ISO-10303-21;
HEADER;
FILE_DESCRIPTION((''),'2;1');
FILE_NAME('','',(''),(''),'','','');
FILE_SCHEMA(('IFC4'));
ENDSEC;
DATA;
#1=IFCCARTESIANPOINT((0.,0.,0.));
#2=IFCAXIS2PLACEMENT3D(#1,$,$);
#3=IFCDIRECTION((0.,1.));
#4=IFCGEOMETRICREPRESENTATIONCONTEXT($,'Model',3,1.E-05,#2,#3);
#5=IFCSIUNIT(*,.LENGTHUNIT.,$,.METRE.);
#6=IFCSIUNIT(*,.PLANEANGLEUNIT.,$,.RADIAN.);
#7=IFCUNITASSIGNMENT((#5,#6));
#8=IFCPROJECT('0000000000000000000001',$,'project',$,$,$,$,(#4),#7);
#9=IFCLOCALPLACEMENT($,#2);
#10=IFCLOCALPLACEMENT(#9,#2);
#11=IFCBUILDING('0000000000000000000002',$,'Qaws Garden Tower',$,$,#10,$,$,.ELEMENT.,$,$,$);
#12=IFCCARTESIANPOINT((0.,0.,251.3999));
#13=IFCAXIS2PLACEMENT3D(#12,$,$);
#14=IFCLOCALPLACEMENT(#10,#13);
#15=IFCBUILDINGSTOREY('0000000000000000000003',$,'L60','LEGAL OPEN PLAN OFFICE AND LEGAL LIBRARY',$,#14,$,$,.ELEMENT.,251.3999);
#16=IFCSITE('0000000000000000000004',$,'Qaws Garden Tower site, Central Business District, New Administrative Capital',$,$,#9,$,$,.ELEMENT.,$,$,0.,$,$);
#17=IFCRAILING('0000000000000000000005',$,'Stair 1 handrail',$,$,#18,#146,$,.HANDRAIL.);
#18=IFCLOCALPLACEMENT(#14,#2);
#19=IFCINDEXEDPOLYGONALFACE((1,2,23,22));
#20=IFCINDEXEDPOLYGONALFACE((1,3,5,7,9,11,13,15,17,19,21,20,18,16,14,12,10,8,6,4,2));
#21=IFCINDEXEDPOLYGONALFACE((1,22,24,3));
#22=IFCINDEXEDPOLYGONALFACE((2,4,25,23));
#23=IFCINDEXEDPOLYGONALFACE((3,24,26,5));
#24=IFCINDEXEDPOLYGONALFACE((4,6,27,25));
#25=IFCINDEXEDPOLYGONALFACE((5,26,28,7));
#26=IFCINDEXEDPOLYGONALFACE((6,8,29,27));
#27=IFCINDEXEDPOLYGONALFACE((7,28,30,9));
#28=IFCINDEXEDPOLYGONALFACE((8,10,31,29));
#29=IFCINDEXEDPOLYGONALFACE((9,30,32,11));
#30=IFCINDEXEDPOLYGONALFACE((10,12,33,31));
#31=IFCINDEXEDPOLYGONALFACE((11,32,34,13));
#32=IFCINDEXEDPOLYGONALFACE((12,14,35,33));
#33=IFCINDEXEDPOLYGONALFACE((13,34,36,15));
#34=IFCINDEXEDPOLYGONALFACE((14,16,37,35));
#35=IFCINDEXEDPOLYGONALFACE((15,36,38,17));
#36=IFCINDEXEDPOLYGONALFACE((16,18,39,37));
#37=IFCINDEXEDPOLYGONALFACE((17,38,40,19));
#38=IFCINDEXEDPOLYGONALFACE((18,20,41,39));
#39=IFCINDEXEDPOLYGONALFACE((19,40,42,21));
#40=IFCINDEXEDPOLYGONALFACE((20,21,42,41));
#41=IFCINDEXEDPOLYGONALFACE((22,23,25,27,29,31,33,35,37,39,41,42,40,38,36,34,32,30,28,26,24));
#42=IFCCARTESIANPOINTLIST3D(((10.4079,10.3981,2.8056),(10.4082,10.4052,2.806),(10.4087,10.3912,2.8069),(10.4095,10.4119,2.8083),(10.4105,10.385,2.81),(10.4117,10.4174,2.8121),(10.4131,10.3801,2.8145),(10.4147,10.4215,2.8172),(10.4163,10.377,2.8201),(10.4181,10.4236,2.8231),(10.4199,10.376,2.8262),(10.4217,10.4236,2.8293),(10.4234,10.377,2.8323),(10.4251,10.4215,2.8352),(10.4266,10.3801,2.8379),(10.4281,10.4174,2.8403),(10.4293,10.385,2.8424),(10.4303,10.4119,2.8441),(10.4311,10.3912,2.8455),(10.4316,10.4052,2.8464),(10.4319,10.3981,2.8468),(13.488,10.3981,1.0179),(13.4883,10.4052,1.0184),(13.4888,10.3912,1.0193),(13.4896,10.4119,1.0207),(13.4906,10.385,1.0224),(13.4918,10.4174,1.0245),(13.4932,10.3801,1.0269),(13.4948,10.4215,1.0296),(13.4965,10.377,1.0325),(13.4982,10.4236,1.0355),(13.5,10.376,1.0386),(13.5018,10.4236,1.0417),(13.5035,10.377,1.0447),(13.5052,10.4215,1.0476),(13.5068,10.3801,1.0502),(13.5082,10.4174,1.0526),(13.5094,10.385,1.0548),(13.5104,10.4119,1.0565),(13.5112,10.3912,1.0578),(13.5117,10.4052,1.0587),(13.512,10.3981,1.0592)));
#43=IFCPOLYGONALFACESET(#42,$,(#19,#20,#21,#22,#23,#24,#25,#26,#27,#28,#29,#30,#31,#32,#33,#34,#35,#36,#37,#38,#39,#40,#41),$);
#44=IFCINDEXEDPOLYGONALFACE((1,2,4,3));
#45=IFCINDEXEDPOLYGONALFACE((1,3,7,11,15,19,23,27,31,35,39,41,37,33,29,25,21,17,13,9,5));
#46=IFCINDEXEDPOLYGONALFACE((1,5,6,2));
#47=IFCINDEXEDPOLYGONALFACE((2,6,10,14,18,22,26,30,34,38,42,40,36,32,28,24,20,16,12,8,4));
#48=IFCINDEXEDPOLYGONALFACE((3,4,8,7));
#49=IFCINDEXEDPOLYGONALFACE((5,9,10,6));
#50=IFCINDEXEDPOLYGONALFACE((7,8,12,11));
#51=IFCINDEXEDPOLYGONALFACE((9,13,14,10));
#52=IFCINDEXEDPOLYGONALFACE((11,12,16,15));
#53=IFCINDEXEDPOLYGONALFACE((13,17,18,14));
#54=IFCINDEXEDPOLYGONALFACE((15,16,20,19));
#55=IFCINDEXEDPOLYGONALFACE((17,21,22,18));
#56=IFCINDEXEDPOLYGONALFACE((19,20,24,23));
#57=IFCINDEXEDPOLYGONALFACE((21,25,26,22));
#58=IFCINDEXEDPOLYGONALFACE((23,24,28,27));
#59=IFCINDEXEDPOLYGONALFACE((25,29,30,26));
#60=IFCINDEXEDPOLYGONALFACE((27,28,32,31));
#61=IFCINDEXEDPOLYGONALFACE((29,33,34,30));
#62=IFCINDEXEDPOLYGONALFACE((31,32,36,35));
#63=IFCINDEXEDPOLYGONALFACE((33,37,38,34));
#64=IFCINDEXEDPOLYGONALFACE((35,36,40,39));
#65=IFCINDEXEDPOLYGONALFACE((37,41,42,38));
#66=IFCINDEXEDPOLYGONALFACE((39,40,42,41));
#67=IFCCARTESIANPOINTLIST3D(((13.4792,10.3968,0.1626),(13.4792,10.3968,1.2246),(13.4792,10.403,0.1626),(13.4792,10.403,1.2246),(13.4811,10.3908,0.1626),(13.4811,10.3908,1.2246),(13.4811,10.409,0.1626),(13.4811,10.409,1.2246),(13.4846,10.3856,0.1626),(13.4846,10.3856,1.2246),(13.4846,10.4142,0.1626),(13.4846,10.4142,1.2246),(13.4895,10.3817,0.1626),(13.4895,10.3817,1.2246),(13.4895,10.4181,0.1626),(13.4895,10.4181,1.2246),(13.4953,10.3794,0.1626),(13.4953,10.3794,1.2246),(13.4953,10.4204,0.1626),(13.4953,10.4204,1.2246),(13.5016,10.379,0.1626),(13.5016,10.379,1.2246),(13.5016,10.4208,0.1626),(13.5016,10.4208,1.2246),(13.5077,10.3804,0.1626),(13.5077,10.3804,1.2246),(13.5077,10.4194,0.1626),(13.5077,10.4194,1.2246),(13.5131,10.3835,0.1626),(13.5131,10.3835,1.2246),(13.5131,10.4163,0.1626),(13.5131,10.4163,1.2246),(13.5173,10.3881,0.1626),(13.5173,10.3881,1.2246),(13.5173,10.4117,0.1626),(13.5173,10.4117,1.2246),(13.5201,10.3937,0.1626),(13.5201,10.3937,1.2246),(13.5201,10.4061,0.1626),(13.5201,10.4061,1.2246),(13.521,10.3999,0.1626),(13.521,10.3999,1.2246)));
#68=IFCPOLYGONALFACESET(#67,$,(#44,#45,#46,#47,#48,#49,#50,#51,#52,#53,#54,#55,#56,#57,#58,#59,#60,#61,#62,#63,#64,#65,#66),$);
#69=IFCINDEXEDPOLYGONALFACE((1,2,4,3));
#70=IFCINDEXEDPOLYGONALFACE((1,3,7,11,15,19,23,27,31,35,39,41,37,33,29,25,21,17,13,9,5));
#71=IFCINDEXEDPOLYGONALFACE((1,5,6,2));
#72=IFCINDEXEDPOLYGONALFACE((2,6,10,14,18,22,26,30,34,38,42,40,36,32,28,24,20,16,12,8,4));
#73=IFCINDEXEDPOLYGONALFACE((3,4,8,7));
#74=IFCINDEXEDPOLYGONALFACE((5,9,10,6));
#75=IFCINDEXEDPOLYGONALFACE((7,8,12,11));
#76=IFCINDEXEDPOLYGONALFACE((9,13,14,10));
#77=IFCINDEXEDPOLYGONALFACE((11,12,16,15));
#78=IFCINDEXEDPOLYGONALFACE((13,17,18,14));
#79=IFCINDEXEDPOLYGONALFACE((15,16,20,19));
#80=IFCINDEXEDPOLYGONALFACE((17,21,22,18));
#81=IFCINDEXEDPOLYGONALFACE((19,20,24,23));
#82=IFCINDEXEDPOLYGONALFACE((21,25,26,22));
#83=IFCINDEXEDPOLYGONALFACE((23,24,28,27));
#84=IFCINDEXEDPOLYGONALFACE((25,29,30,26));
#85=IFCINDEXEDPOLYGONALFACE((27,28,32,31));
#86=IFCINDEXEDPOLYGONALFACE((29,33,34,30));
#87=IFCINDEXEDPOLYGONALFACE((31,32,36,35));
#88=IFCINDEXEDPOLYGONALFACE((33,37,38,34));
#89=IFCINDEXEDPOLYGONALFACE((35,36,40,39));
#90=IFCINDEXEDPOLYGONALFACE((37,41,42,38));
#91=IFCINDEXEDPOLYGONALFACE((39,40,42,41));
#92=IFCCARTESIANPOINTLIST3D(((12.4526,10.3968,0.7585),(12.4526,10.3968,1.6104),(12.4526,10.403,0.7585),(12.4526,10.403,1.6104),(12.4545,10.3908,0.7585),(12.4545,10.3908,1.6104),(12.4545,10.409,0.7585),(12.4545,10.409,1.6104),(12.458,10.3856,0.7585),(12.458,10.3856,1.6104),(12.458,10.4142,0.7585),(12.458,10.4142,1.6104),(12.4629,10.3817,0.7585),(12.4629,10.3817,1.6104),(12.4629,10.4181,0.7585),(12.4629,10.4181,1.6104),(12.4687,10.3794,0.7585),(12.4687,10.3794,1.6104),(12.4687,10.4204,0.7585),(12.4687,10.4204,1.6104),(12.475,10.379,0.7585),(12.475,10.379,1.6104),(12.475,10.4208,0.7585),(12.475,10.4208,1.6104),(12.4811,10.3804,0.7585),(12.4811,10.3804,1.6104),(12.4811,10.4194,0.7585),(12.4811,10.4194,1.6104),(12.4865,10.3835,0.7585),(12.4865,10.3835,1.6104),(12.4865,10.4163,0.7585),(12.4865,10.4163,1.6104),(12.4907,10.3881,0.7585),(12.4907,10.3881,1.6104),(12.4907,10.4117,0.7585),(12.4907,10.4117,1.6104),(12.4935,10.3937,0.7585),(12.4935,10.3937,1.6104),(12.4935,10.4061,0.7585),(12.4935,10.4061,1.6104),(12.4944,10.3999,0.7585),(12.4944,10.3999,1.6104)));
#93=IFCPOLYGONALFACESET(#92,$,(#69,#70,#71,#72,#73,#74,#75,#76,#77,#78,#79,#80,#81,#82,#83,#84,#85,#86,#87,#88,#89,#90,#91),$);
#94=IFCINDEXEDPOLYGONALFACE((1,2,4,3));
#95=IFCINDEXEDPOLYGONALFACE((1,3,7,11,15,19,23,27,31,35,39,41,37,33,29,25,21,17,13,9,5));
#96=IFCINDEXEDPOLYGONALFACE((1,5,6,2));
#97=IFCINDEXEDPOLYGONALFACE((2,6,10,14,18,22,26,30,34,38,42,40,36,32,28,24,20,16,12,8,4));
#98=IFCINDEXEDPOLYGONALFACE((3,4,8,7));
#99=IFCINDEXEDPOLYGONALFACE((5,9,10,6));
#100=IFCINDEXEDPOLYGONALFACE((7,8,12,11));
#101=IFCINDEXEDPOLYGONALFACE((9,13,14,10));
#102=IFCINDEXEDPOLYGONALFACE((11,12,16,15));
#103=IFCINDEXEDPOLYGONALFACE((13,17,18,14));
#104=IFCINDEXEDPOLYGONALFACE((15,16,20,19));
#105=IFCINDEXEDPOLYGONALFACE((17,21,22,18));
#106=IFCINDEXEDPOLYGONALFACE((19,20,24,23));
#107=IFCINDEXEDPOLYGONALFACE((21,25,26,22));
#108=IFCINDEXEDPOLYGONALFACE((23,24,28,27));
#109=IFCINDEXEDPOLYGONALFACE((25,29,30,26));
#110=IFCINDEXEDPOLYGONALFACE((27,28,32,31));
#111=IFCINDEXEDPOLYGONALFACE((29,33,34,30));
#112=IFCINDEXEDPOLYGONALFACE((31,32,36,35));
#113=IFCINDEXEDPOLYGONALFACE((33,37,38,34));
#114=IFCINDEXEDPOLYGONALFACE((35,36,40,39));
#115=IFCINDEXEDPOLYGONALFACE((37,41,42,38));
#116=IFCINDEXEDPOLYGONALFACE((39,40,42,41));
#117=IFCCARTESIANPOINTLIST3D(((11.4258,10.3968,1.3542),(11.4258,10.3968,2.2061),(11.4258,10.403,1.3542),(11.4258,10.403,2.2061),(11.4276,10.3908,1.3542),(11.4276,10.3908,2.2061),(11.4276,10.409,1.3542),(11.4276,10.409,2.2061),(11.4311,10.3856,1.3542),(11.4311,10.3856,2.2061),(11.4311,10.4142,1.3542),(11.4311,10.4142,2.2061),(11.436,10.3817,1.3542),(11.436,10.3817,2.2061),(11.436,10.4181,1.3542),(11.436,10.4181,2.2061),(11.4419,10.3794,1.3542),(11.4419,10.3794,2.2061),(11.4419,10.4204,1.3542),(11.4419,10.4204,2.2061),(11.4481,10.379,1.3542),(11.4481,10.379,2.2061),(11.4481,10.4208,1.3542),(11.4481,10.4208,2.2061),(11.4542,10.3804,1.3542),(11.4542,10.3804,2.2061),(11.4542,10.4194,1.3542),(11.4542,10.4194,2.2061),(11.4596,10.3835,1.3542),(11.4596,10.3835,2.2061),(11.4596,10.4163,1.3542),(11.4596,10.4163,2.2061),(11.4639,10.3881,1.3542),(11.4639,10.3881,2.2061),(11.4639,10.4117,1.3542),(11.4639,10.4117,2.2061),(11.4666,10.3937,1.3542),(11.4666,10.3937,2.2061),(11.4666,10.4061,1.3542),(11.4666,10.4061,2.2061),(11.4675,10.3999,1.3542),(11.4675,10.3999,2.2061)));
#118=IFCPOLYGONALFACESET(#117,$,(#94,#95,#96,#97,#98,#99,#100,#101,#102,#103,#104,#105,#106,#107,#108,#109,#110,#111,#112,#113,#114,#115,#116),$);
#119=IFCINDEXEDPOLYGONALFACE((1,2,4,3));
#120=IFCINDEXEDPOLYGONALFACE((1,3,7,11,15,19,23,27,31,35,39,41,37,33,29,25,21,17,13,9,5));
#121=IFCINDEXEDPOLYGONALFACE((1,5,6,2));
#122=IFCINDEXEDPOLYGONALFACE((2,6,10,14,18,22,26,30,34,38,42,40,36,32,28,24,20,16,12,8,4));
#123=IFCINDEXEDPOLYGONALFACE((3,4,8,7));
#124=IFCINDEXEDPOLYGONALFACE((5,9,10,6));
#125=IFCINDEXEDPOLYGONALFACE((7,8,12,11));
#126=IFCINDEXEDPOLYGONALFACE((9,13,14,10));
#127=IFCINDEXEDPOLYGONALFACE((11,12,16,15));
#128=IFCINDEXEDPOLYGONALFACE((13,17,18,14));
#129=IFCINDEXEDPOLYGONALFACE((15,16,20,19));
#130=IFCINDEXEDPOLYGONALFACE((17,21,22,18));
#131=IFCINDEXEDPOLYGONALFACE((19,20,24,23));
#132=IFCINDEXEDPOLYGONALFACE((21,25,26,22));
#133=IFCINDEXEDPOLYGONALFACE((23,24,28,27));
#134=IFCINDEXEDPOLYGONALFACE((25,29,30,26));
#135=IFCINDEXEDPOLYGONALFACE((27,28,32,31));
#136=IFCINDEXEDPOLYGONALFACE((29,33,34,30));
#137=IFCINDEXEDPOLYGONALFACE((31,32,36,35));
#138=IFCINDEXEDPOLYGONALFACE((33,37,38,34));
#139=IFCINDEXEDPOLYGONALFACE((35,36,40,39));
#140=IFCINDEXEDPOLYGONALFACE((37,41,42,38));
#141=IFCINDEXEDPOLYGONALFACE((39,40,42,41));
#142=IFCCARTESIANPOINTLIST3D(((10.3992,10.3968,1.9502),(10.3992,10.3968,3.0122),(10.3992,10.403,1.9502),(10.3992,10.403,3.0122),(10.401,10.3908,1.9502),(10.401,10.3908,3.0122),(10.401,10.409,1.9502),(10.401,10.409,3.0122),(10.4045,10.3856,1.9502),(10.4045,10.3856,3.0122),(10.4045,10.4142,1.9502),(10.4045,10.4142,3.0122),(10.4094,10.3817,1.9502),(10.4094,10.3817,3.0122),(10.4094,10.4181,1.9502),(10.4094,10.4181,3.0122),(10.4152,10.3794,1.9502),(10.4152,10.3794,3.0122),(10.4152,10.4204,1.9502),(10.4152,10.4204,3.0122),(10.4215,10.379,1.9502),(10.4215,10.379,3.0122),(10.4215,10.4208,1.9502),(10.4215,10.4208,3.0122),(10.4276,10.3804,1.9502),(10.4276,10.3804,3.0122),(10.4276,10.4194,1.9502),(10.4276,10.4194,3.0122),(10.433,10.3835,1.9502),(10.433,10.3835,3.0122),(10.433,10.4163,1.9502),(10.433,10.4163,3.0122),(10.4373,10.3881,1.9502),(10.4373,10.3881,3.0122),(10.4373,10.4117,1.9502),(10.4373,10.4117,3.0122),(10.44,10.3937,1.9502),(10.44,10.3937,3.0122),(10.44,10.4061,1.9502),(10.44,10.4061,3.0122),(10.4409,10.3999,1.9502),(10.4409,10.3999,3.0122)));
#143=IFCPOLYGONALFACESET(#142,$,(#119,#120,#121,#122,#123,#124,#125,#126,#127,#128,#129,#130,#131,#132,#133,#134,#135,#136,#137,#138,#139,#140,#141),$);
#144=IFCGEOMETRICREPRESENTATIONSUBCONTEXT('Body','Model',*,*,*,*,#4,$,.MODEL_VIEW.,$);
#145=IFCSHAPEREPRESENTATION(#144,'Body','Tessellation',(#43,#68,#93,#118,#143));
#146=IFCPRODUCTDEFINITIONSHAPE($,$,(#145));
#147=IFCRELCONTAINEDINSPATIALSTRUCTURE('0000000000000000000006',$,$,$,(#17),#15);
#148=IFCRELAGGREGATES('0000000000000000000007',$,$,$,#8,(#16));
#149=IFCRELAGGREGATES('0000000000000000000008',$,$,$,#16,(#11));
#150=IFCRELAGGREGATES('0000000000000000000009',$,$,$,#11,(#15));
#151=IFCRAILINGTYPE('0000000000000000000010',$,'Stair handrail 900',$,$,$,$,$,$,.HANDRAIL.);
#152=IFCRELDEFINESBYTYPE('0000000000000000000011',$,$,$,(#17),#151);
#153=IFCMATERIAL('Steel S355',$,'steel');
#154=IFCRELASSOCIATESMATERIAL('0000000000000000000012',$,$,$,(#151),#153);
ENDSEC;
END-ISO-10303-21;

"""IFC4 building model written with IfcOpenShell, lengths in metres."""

from ifc_helpers import new_model, si_unit, direction, frame, origin, origin_2d, place, context, subcontext, project, spatial, circle, extrude, material, type_object, element, save


model = new_model("IFC4")

# Units and contexts
model_context = context("Model", 3, precision=1e-05, world=origin(), true_north=direction((0.0, 1.0)))
body_context = subcontext(model_context, "Body", "Model", "MODEL_VIEW")
ifc_project = project(units=[si_unit("LENGTHUNIT", "METRE"), si_unit("PLANEANGLEUNIT", "RADIAN")], contexts=[model_context])

# Site, building, storey
site_placement = place(None, origin())
site = spatial("IfcSite", under=ifc_project, at=site_placement, Name="Qaws Garden Tower site, Central Business District, New Administrative Capital", CompositionType="ELEMENT", RefElevation=0.0)
building_placement = place(site_placement, origin())
building = spatial("IfcBuilding", under=site, at=building_placement, Name="Qaws Garden Tower", CompositionType="ELEMENT")
storey_placement = place(building_placement, frame((0.0, 0.0, 251.3999)))
storey = spatial("IfcBuildingStorey", under=building, at=storey_placement, Name="L60", Description="LEGAL OPEN PLAN OFFICE AND LEGAL LIBRARY", CompositionType="ELEMENT", Elevation=251.3999)

# Railing
ifc_material_1 = material(Name="Steel S355", Category="steel")
railing_type = type_object("IfcRailingType", Name="Stair handrail 900", PredefinedType="HANDRAIL", material=ifc_material_1)
railing_1_placement = place(storey_placement, frame((13.5, 10.3999, 0.1626)))
element("IfcRailing", 1, at=railing_1_placement, inside=storey, type_object=railing_type, Name="Stair 1 handrail", PredefinedType="HANDRAIL", context=body_context, shape_type="SweptSolid", body=[
    extrude(circle(Radius=0.0239, at=origin_2d()), frame((0.0, 0.0, 0.876), z_axis=(-0.864891, 0.0, 0.50196), x_axis=(0.0, -1.0, 0.0)), (0.0, 0.0, 1.0), 3.5613),
    extrude(circle(Radius=0.021, at=origin_2d()), origin(), (0.0, 0.0, 1.0), 1.062),
    extrude(circle(Radius=0.021, at=origin_2d()), frame((-1.0266, 0.0, 0.5959)), (0.0, 0.0, 1.0), 0.8518),
    extrude(circle(Radius=0.021, at=origin_2d()), frame((-2.0535, 0.0, 1.1917)), (0.0, 0.0, 1.0), 0.8518),
    extrude(circle(Radius=0.021, at=origin_2d()), frame((-3.0801, 0.0, 1.7876)), (0.0, 0.0, 1.0), 1.062),
])

save(model, "model.ifc")
